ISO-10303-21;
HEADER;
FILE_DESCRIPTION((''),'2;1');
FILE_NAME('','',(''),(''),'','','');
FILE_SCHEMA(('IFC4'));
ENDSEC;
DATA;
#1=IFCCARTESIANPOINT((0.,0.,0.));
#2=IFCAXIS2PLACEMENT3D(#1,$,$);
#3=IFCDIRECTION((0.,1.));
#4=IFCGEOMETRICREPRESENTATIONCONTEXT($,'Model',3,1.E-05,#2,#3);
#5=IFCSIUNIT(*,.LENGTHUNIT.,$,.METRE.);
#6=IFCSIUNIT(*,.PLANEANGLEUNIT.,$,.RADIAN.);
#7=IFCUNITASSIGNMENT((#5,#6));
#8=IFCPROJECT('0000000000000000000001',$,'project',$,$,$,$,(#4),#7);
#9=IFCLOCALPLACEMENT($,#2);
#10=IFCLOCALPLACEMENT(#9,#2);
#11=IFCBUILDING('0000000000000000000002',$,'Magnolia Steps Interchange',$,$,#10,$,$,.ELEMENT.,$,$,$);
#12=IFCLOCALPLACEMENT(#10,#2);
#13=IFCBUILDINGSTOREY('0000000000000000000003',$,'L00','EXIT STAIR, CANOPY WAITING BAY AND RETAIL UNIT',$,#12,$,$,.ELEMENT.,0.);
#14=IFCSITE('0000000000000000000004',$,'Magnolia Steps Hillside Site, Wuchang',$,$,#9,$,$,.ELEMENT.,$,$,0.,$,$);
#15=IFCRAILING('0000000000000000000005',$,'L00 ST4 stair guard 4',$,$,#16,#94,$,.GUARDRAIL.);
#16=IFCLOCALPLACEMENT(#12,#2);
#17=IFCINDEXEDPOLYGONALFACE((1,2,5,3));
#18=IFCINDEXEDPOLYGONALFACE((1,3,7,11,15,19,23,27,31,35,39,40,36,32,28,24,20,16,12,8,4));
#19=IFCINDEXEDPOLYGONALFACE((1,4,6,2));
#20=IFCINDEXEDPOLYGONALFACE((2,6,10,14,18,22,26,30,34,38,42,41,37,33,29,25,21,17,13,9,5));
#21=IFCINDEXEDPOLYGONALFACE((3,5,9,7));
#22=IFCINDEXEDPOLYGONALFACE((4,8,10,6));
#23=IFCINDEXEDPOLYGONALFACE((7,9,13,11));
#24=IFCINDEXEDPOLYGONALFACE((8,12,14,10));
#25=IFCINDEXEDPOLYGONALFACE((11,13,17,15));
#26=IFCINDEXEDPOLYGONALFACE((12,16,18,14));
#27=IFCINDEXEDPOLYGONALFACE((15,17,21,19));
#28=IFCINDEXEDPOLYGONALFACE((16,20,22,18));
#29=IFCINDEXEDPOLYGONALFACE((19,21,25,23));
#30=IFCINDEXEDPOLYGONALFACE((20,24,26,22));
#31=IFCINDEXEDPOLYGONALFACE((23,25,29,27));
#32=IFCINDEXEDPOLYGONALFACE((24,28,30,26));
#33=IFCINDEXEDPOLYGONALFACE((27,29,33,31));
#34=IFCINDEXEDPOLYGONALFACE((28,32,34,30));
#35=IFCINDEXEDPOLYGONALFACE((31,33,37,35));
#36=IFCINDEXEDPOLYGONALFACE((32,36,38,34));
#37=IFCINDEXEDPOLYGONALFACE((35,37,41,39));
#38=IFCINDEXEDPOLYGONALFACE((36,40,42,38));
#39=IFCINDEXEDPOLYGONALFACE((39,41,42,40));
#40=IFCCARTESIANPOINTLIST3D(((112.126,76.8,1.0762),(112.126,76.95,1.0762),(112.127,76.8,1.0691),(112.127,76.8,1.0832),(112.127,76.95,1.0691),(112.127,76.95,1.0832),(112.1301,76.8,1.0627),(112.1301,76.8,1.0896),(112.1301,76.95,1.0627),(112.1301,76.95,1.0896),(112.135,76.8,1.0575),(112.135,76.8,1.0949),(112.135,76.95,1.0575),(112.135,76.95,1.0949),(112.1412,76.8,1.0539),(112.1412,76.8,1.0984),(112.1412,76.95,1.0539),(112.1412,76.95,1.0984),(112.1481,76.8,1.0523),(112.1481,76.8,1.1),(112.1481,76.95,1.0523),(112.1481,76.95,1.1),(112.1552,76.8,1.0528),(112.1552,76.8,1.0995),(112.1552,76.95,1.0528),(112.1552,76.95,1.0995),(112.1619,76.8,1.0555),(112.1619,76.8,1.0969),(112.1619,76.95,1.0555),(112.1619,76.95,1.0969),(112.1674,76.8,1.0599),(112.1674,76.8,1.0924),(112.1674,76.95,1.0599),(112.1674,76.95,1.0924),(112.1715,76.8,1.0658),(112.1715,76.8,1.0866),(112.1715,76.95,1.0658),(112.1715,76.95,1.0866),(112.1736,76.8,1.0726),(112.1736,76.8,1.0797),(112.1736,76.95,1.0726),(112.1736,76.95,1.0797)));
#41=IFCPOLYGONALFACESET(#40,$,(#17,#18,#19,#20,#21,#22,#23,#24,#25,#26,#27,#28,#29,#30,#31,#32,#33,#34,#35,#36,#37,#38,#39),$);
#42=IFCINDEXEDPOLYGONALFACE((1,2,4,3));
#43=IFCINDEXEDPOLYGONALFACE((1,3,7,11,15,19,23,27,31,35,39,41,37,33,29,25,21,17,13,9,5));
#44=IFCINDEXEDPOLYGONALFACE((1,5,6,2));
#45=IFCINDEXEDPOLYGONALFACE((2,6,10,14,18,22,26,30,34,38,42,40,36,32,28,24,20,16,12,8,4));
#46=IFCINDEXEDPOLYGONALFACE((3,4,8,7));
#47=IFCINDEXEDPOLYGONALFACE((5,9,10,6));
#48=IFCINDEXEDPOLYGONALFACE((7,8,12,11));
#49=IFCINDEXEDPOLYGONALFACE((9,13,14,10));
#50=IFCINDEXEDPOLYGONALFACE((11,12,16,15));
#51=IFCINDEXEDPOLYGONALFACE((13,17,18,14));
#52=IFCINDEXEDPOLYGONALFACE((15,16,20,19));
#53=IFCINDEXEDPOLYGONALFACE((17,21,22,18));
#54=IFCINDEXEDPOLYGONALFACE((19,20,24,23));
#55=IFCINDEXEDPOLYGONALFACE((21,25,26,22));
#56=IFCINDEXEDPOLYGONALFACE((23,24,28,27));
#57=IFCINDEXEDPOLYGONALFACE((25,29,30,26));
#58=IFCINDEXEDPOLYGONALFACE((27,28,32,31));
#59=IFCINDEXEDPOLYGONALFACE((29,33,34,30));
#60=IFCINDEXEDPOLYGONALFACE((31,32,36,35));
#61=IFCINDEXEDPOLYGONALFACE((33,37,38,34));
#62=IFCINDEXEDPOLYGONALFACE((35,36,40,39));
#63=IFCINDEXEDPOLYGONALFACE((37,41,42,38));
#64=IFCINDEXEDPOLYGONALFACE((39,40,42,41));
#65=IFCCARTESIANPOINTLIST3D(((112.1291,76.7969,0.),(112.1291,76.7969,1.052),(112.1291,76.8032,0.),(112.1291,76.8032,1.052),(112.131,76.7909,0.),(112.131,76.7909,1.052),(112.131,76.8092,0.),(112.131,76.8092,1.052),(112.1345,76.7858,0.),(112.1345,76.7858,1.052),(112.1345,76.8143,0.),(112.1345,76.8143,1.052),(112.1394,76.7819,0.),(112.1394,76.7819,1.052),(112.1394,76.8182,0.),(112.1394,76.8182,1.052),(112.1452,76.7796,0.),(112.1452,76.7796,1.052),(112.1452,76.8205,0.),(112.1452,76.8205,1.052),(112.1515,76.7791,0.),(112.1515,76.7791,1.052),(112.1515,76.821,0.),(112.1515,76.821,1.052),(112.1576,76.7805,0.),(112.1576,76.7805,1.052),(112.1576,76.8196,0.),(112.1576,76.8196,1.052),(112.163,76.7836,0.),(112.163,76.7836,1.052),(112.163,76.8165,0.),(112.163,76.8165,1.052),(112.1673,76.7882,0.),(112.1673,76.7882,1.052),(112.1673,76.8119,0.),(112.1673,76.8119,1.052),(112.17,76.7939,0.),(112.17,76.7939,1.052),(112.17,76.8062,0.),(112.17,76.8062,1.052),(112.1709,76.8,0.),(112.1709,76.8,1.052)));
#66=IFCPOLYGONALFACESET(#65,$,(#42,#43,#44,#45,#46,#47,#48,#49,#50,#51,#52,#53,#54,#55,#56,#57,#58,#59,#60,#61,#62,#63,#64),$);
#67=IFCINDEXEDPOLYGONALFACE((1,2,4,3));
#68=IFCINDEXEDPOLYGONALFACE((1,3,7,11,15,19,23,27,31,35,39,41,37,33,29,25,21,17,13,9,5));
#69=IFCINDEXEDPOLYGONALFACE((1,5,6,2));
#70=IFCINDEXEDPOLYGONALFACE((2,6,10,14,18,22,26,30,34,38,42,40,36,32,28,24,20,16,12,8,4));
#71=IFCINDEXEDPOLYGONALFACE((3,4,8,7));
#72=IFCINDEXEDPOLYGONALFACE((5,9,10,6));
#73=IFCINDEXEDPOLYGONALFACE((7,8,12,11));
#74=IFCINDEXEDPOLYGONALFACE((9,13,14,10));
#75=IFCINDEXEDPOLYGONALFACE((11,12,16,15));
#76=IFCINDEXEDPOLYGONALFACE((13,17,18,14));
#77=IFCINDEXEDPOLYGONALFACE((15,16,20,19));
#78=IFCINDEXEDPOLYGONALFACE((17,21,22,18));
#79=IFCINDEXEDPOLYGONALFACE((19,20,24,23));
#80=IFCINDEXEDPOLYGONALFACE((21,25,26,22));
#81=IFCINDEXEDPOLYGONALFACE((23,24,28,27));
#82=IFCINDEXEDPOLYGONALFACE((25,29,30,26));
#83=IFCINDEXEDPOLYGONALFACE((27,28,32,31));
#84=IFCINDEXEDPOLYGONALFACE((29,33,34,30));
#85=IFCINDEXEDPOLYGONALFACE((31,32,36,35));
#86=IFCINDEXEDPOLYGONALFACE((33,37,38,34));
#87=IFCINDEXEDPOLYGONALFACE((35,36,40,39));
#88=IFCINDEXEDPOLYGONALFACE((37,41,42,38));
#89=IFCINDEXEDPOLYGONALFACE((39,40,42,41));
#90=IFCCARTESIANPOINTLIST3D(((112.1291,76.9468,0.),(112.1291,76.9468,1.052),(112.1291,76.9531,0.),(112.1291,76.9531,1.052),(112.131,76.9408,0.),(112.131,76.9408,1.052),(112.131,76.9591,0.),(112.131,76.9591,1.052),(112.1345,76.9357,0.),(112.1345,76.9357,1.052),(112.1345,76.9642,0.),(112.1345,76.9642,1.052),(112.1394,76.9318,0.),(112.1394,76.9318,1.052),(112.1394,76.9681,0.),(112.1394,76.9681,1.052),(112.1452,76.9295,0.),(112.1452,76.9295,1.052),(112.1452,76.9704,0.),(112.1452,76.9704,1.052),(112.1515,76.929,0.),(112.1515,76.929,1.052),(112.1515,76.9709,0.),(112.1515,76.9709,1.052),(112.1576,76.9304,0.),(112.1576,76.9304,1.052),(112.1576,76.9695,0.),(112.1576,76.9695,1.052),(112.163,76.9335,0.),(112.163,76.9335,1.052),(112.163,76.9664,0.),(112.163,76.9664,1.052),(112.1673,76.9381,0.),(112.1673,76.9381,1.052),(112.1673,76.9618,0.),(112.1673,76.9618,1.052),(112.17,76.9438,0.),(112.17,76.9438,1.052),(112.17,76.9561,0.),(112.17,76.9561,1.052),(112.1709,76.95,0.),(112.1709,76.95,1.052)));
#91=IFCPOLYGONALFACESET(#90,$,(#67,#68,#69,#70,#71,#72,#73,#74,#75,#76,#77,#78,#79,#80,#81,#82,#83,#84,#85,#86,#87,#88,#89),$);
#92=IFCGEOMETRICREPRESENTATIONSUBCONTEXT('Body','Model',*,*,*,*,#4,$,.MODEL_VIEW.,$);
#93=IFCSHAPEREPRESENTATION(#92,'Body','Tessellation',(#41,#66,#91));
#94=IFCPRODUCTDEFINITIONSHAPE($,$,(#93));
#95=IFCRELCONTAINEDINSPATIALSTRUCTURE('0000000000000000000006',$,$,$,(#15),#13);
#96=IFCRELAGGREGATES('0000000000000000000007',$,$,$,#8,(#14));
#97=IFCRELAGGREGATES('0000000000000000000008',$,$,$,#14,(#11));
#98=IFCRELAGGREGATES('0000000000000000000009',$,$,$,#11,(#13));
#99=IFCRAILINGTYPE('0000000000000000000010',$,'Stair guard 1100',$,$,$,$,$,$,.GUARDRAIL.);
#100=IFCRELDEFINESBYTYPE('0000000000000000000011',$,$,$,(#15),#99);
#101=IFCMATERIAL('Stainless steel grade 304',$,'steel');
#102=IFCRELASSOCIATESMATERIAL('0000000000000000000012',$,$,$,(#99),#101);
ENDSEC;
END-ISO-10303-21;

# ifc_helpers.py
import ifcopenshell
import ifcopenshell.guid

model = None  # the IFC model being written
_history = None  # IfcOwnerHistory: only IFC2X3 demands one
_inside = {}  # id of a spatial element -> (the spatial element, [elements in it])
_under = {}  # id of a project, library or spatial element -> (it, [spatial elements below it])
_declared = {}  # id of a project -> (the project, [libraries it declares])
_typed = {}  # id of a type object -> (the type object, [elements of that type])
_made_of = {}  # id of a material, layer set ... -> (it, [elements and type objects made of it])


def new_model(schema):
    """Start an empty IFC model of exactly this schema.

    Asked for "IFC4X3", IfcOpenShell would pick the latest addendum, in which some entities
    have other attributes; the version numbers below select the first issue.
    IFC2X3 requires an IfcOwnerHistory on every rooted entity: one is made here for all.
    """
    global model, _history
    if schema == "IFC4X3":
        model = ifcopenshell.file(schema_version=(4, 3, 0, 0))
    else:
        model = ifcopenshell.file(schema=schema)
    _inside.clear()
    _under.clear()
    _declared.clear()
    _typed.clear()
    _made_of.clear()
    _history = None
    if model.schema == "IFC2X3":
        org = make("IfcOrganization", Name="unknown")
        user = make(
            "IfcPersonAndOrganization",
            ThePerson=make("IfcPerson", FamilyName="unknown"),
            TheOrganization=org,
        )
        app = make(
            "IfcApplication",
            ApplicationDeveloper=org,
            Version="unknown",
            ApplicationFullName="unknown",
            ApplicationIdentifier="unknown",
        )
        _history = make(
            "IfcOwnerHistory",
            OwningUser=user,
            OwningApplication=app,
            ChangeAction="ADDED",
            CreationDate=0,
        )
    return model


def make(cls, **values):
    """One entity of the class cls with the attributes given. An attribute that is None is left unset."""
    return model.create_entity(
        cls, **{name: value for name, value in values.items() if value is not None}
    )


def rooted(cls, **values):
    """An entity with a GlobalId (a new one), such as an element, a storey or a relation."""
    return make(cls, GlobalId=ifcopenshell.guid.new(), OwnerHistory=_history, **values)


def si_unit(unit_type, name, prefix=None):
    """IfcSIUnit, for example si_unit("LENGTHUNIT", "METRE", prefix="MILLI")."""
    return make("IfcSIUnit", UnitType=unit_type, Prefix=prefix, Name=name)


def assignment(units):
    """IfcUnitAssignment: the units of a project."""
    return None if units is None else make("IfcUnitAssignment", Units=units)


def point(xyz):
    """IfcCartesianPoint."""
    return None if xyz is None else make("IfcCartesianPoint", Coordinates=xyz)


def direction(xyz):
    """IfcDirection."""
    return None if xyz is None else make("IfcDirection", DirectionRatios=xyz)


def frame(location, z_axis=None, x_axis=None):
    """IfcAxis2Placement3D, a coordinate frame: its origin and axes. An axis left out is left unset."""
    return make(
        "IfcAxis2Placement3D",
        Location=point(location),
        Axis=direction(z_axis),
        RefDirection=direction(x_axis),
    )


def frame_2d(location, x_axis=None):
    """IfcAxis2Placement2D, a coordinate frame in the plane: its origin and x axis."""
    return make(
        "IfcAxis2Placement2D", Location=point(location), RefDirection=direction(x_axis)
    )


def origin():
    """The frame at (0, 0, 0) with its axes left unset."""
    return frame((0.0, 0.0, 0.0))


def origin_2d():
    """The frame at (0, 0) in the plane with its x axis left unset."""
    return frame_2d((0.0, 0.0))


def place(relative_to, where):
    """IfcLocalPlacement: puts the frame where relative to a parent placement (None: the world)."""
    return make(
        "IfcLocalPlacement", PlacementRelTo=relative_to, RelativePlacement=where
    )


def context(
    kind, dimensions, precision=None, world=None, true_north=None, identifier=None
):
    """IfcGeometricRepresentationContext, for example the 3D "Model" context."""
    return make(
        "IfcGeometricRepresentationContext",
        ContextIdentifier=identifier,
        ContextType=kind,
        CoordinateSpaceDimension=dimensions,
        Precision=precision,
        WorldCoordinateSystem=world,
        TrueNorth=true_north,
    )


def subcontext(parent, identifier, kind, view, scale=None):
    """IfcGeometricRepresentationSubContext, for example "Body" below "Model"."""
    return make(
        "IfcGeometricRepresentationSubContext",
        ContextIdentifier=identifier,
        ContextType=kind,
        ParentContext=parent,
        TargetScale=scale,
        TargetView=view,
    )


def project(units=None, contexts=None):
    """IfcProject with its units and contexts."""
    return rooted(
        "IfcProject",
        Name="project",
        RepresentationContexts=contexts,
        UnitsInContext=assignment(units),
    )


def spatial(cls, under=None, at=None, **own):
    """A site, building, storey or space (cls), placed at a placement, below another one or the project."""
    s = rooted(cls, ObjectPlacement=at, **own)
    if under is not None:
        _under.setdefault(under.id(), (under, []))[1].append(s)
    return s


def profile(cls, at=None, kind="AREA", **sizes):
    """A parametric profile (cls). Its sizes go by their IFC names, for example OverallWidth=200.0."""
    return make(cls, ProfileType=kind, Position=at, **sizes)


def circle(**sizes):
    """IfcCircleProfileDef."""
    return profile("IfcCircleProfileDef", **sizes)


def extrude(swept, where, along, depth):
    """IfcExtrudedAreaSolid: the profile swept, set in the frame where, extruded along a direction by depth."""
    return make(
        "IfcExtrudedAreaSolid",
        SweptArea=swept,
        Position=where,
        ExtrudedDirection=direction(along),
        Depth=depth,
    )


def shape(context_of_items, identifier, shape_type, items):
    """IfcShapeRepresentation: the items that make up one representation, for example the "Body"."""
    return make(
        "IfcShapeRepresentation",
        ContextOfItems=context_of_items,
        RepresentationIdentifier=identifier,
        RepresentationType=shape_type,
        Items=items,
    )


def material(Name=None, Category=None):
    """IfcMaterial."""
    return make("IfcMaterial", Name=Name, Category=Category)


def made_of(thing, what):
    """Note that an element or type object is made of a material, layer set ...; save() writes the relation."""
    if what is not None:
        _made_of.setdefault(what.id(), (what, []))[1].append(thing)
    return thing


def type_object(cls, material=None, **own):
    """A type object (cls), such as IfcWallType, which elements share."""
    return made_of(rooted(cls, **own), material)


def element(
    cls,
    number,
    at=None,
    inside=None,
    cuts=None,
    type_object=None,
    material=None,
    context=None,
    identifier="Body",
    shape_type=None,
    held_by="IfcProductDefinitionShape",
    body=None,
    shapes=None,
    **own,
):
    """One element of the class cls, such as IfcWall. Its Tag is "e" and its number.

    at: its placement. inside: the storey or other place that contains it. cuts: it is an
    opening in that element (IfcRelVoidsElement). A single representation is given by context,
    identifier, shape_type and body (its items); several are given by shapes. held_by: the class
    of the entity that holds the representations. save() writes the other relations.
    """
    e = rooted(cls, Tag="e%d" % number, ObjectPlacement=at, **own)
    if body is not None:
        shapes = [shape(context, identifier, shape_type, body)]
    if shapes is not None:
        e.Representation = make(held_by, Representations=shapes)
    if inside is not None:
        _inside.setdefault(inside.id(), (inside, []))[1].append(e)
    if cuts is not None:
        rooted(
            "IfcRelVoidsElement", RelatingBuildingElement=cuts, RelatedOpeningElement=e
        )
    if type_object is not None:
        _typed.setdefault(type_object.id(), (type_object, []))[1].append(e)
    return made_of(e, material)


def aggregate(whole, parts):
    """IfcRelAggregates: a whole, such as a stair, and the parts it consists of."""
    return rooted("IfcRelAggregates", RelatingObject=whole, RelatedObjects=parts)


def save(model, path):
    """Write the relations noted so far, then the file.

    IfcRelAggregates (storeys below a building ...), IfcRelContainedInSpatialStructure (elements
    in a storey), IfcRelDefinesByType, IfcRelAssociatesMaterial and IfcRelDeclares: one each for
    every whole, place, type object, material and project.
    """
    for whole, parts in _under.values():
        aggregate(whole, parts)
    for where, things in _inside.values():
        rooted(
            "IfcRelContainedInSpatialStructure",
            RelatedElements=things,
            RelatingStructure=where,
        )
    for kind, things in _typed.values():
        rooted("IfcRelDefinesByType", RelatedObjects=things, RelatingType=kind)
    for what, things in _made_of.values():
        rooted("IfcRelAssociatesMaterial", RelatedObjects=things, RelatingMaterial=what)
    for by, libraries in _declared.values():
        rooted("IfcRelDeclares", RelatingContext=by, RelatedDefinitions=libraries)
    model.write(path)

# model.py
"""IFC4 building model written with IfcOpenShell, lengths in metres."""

from ifc_helpers import new_model, si_unit, direction, frame, origin, origin_2d, place, context, subcontext, project, spatial, circle, extrude, material, type_object, element, save


model = new_model("IFC4")

# Units and contexts
model_context = context("Model", 3, precision=1e-05, world=origin(), true_north=direction((0.0, 1.0)))
body_context = subcontext(model_context, "Body", "Model", "MODEL_VIEW")
ifc_project = project(units=[si_unit("LENGTHUNIT", "METRE"), si_unit("PLANEANGLEUNIT", "RADIAN")], contexts=[model_context])

# Site, building, storey
site_placement = place(None, origin())
site = spatial("IfcSite", under=ifc_project, at=site_placement, Name="Magnolia Steps Hillside Site, Wuchang", CompositionType="ELEMENT", RefElevation=0.0)
building_placement = place(site_placement, origin())
building = spatial("IfcBuilding", under=site, at=building_placement, Name="Magnolia Steps Interchange", CompositionType="ELEMENT")
storey_placement = place(building_placement, origin())
storey = spatial("IfcBuildingStorey", under=building, at=storey_placement, Name="L00", Description="EXIT STAIR, CANOPY WAITING BAY AND RETAIL UNIT", CompositionType="ELEMENT", Elevation=0.0)

# Railing
ifc_material_1 = material(Name="Stainless steel grade 304", Category="steel")
railing_type_1 = type_object("IfcRailingType", Name="Stair guard 1100", PredefinedType="GUARDRAIL", material=ifc_material_1)
railing_1_placement = place(storey_placement, frame((112.1499, 76.8, 0.0)))
element("IfcRailing", 1, at=railing_1_placement, inside=storey, type_object=railing_type_1, Name="L00 ST4 stair guard 4", PredefinedType="GUARDRAIL", context=body_context, shape_type="SweptSolid", body=[
    extrude(circle(Radius=0.0239, at=origin_2d()), frame((0.0, 0.0, 1.0762), z_axis=(0.0, 1.0, 0.0), x_axis=(-1.0, 0.0, 0.0)), (0.0, 0.0, 1.0), 0.1499),
    extrude(circle(Radius=0.021, at=origin_2d()), origin(), (0.0, 0.0, 1.0), 1.052),
    extrude(circle(Radius=0.021, at=origin_2d()), frame((0.0, 0.1499, 0.0)), (0.0, 0.0, 1.0), 1.052),
])

save(model, "model.ifc")
